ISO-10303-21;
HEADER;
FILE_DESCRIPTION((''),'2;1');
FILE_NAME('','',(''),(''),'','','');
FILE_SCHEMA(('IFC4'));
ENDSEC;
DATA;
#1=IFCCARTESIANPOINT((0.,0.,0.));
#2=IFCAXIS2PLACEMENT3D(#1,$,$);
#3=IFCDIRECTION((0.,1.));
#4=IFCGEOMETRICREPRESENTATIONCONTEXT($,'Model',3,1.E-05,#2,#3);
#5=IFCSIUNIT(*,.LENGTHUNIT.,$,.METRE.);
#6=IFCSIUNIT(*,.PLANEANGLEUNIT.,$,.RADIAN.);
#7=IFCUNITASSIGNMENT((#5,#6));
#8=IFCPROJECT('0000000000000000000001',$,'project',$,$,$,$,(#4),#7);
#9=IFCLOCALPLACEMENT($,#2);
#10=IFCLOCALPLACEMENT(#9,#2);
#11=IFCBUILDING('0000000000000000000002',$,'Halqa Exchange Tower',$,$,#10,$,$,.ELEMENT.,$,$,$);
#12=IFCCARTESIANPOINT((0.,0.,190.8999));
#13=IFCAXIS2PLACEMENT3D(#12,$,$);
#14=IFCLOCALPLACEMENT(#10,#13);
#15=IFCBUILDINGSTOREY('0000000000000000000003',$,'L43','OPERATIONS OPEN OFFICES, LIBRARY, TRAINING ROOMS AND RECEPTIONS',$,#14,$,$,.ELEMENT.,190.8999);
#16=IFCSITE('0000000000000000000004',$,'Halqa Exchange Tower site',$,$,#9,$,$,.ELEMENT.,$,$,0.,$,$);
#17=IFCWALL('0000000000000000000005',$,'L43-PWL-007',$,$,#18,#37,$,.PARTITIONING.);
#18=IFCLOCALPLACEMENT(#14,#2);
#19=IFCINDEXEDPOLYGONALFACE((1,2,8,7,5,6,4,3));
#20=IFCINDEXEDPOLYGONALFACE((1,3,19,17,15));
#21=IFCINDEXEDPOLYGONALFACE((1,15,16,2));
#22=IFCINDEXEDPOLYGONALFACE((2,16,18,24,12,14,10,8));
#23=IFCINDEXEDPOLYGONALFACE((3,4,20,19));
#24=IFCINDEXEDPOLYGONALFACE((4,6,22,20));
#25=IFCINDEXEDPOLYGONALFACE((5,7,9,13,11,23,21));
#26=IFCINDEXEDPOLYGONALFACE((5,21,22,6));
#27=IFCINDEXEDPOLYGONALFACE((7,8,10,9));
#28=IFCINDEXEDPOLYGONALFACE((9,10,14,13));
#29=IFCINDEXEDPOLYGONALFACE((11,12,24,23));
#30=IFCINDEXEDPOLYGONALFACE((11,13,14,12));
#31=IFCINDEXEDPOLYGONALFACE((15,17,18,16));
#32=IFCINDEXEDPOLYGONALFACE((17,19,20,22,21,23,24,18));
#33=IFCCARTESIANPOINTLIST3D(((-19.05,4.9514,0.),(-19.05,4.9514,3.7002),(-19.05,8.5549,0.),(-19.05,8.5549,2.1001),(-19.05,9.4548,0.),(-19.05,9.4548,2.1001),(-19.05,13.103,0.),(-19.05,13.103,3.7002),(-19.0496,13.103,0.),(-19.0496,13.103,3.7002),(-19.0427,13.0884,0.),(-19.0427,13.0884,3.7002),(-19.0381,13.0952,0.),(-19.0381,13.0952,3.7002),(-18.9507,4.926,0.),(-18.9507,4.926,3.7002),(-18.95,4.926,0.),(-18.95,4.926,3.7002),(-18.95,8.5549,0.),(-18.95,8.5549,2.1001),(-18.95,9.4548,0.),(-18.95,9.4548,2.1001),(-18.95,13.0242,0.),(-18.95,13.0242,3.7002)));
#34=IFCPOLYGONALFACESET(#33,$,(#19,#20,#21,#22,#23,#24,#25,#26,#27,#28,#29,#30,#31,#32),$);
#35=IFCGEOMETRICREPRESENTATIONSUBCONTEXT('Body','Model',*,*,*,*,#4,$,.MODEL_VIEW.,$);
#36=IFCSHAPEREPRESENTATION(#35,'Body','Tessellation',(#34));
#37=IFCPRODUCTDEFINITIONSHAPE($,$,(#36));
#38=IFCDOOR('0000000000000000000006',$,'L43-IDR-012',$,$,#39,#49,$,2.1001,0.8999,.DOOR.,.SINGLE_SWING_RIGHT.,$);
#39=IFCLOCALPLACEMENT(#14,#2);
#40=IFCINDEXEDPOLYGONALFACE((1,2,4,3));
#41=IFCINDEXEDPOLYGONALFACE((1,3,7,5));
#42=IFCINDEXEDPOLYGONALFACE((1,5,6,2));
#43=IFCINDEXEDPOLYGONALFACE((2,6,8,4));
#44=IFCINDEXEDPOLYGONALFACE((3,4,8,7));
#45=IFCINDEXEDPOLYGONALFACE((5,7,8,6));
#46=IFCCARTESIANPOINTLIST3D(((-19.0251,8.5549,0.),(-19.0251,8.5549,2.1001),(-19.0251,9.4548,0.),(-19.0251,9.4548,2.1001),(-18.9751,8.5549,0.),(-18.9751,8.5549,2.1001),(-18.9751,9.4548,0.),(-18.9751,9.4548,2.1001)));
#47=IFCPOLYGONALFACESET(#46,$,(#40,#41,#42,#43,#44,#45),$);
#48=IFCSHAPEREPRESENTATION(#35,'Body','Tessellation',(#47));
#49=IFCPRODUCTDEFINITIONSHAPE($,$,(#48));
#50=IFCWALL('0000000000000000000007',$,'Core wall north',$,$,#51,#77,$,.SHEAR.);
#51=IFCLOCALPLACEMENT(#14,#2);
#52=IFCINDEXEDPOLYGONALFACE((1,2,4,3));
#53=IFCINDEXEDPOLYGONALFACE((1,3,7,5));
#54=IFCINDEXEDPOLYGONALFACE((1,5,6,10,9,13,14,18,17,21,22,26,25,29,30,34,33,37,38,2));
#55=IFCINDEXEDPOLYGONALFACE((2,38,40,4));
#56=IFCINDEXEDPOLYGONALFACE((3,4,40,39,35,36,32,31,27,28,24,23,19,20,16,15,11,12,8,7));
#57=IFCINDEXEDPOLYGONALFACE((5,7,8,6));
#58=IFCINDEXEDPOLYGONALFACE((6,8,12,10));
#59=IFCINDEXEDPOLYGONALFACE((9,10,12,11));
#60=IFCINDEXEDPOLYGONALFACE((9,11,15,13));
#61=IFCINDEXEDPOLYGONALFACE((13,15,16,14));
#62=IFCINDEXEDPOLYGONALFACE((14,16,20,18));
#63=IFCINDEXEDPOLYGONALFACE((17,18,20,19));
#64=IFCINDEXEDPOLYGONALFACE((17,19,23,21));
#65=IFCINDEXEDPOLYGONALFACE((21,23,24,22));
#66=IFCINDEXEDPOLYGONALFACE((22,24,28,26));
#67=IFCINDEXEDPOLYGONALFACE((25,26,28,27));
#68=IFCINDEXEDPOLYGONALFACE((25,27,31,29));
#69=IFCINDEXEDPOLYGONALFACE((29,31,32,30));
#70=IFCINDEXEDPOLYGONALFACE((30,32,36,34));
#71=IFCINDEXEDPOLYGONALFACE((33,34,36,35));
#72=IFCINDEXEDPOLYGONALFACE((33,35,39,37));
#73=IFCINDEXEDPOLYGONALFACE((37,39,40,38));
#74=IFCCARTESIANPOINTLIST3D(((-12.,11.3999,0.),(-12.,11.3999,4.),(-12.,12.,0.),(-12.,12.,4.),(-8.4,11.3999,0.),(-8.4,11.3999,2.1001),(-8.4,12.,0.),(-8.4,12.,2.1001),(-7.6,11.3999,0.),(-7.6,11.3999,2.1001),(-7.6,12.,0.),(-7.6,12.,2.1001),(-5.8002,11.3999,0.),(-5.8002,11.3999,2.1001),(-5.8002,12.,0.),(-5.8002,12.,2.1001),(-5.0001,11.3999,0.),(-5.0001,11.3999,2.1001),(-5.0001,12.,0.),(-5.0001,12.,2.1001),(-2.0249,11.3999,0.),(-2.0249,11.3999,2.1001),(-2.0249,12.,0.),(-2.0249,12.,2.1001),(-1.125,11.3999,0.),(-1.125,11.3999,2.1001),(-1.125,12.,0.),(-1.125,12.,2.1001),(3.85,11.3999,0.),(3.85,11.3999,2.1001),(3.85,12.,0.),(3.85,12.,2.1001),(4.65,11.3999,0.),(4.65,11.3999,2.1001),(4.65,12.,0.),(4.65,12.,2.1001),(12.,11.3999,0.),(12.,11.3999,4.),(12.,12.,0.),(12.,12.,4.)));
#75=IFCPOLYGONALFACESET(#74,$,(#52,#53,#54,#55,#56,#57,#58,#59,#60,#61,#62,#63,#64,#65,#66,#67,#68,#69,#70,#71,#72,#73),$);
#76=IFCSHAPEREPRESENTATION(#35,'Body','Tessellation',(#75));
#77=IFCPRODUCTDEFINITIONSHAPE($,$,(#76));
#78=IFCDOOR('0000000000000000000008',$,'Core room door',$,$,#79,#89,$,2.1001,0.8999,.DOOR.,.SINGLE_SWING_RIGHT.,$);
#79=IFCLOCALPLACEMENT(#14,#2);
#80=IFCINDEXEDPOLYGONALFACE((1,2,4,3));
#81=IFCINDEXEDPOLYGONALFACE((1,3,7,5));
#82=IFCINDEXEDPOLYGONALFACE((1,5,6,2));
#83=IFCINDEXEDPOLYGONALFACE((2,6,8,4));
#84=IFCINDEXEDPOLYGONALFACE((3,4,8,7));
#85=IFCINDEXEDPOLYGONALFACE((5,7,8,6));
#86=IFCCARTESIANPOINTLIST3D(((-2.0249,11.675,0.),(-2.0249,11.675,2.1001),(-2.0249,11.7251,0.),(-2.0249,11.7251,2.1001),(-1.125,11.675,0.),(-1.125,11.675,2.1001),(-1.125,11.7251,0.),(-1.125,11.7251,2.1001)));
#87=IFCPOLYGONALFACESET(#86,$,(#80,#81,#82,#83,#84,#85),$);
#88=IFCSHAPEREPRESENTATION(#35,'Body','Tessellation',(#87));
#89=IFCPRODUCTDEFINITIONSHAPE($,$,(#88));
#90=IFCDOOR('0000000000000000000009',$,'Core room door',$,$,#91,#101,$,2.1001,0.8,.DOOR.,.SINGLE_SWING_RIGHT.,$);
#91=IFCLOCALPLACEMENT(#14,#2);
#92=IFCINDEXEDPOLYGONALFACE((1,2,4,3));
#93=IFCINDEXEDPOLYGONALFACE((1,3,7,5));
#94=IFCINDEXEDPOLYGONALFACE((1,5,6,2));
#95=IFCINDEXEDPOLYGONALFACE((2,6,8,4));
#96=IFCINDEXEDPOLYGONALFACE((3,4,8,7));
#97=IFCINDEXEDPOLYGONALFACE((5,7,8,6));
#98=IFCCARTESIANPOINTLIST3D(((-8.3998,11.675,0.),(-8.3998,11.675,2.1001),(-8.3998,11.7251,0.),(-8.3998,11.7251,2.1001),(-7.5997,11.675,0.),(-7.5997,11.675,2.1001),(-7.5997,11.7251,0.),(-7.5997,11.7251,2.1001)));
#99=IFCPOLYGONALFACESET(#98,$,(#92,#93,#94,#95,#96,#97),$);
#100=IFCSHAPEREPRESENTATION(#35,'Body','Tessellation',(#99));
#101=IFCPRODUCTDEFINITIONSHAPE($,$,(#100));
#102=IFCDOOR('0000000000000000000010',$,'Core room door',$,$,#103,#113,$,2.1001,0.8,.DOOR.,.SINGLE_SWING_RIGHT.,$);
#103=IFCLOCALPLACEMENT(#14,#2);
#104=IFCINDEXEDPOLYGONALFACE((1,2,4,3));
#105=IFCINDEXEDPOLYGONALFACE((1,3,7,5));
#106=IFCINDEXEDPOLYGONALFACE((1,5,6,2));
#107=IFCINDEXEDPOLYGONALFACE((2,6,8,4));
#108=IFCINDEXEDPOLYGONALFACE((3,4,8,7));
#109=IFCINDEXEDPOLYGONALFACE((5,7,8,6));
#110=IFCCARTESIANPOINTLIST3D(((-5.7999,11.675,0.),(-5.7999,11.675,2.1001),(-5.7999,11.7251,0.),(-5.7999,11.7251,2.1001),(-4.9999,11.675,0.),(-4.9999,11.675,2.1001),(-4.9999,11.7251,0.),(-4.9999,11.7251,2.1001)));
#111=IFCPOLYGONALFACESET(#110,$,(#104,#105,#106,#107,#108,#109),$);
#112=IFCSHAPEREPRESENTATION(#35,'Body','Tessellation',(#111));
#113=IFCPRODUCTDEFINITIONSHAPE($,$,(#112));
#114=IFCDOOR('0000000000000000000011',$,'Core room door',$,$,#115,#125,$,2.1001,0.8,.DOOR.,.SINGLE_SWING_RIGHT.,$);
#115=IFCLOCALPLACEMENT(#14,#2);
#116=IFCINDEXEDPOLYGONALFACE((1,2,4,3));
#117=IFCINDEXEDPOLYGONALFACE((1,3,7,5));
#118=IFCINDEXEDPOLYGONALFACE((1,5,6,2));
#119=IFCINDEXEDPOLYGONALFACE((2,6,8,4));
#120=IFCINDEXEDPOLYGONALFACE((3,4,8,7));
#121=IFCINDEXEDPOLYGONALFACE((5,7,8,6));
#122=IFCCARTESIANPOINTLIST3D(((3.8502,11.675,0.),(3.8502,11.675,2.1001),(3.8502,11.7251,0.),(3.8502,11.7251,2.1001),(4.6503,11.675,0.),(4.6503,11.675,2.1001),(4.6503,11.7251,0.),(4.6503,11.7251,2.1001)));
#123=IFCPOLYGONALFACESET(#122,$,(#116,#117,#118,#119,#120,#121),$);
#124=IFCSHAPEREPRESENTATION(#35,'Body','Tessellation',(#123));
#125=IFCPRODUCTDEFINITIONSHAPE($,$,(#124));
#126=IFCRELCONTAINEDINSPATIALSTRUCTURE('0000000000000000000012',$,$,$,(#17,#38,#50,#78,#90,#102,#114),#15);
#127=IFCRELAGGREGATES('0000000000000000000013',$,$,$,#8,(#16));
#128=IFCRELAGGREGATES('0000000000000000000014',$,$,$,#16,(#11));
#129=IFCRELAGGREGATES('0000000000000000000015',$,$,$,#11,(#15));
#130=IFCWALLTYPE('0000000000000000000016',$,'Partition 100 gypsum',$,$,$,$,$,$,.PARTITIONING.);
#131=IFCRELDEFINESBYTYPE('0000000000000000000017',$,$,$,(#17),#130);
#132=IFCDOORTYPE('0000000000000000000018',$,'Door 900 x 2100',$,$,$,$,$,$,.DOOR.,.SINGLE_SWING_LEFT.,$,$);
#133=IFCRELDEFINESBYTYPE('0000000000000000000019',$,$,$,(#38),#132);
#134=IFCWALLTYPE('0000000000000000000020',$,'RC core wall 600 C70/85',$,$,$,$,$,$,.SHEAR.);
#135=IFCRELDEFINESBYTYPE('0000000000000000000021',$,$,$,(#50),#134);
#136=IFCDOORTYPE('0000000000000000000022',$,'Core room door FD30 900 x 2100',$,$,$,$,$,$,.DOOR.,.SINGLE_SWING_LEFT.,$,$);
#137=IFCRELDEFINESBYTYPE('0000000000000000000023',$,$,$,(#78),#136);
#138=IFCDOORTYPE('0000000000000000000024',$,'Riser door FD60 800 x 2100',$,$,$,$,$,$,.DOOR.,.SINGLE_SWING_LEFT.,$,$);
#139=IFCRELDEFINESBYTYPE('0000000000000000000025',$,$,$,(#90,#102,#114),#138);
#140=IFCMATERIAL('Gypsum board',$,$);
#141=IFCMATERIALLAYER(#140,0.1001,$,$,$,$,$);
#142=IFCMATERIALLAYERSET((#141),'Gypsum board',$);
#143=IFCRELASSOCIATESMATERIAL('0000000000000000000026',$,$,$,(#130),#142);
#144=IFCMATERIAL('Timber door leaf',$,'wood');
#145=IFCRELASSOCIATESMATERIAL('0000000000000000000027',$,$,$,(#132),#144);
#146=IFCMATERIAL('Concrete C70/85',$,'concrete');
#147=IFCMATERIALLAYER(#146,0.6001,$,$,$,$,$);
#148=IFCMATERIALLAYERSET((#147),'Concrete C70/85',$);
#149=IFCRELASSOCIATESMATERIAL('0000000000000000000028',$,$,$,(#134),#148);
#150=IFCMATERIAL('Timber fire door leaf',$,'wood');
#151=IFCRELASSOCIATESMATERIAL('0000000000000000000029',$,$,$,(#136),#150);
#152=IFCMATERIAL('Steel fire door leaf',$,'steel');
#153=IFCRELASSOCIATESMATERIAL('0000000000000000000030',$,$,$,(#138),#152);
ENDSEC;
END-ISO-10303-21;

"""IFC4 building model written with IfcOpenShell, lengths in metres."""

from ifc_helpers import new_model, si_unit, direction, frame, frame_2d, origin, place, context, subcontext, project, spatial, polyline, rectangle, outline, extrude, material, layer, layer_set, type_object, element, fill, save


model = new_model("IFC4")

# Units and contexts
model_context = context("Model", 3, precision=1e-05, world=origin(), true_north=direction((0.0, 1.0)))
body_context = subcontext(model_context, "Body", "Model", "MODEL_VIEW")
ifc_project = project(units=[si_unit("LENGTHUNIT", "METRE"), si_unit("PLANEANGLEUNIT", "RADIAN")], contexts=[model_context])

# Site, building, storey
site_placement = place(None, origin())
site = spatial("IfcSite", under=ifc_project, at=site_placement, Name="Halqa Exchange Tower site", CompositionType="ELEMENT", RefElevation=0.0)
building_placement = place(site_placement, origin())
building = spatial("IfcBuilding", under=site, at=building_placement, Name="Halqa Exchange Tower", CompositionType="ELEMENT")
storey_placement = place(building_placement, frame((0.0, 0.0, 190.8999)))
storey = spatial("IfcBuildingStorey", under=building, at=storey_placement, Name="L43", Description="OPERATIONS OPEN OFFICES, LIBRARY, TRAINING ROOMS AND RECEPTIONS", CompositionType="ELEMENT", Elevation=190.8999)

# Wall, opening, door
ifc_material_1 = material(Name="Gypsum board")
ifc_layer_1 = layer(ifc_material_1, 0.1001)
ifc_layer_set_1 = layer_set([ifc_layer_1], Name="Gypsum board")
wall_type_1 = type_object("IfcWallType", Name="Partition 100 gypsum", PredefinedType="PARTITIONING", material=ifc_layer_set_1)
wall_1_placement = place(storey_placement, frame((-19.0, 4.926, 0.0), z_axis=(0.0, 0.0, 1.0), x_axis=(0.0, 1.0, 0.0)))
wall_1 = element("IfcWall", 1, at=wall_1_placement, inside=storey, type_object=wall_type_1, Name="L43-PWL-007", PredefinedType="PARTITIONING", context=body_context, shape_type="SweptSolid", body=[
    extrude(outline(polyline([(0.0, -0.05), (1.6196, -0.05), (3.2393, -0.05), (4.8589, -0.05), (6.4785, -0.05), (8.0981, -0.05), (8.1624, 0.0427), (8.1692, 0.0381), (8.177, 0.0496), (8.177, 0.05), (6.5466, 0.05), (4.9165, 0.05), (3.2861, 0.05), (1.6558, 0.05), (0.0254, 0.05), (0.0, -0.0493), (0.0, -0.05)])), origin(), (0.0, 0.0, 1.0), 3.7002),
])
opening_1_placement = place(wall_1_placement, frame((3.6289, 0.0, 0.0)))
opening_1 = element("IfcOpeningElement", 2, at=opening_1_placement, cuts=wall_1, PredefinedType="OPENING", context=body_context, shape_type="SweptSolid", body=[
    extrude(rectangle(XDim=0.8999, YDim=2.1001, at=frame_2d((0.45, 1.05))), frame((0.0, 0.062, 0.0), z_axis=(0.0, -1.0, 0.0), x_axis=(1.0, 0.0, 0.0)), (0.0, 0.0, 1.0), 0.124),
])
ifc_material_2 = material(Name="Timber door leaf", Category="wood")
door_type_1 = type_object("IfcDoorType", Name="Door 900 x 2100", OperationType="SINGLE_SWING_LEFT", PredefinedType="DOOR", material=ifc_material_2)
door_1_placement = place(opening_1_placement, frame((0.8999, 0.0, 0.0), z_axis=(0.0, 0.0, 1.0), x_axis=(-1.0, 0.0, 0.0)))
door_1 = element("IfcDoor", 3, at=door_1_placement, inside=storey, type_object=door_type_1, Name="L43-IDR-012", OperationType="SINGLE_SWING_RIGHT", OverallHeight=2.1001, OverallWidth=0.8999, PredefinedType="DOOR", context=body_context, shape_type="SweptSolid", body=[
    extrude(rectangle(XDim=0.8999, YDim=2.1001, at=frame_2d((0.45, 1.05))), frame((0.0, 0.0249, 0.0), z_axis=(0.0, -1.0, 0.0), x_axis=(1.0, 0.0, 0.0)), (0.0, 0.0, 1.0), 0.05),
])
fill(opening_1, door_1)

# Wall, openings, doors
ifc_material_3 = material(Name="Concrete C70/85", Category="concrete")
ifc_layer_2 = layer(ifc_material_3, 0.6001)
ifc_layer_set_2 = layer_set([ifc_layer_2], Name="Concrete C70/85")
wall_type_2 = type_object("IfcWallType", Name="RC core wall 600 C70/85", PredefinedType="SHEAR", material=ifc_layer_set_2)
wall_2_placement = place(storey_placement, frame((-12.0, 11.7, 0.0), z_axis=(0.0, 0.0, 1.0), x_axis=(1.0, 0.0, 0.0)))
wall_2 = element("IfcWall", 4, at=wall_2_placement, inside=storey, type_object=wall_type_2, Name="Core wall north", PredefinedType="SHEAR", context=body_context, shape_type="SweptSolid", body=[
    extrude(rectangle(XDim=24.0, YDim=0.6001, at=frame_2d((12.0, 0.0))), origin(), (0.0, 0.0, 1.0), 4.0),
])
opening_2_placement = place(wall_2_placement, frame((9.9751, 0.0, 0.0)))
opening_2 = element("IfcOpeningElement", 5, at=opening_2_placement, cuts=wall_2, PredefinedType="OPENING", context=body_context, shape_type="SweptSolid", body=[
    extrude(rectangle(XDim=0.8999, YDim=2.1001, at=frame_2d((0.45, 1.05))), frame((0.0, 0.312, 0.0), z_axis=(0.0, -1.0, 0.0), x_axis=(1.0, 0.0, 0.0)), (0.0, 0.0, 1.0), 0.624),
])
opening_3_placement = place(wall_2_placement, frame((3.6001, 0.0, 0.0)))
opening_3 = element("IfcOpeningElement", 6, at=opening_3_placement, cuts=wall_2, PredefinedType="OPENING", context=body_context, shape_type="SweptSolid", body=[
    extrude(rectangle(XDim=0.8, YDim=2.1001, at=frame_2d((0.3999, 1.05))), frame((0.0, 0.312, 0.0), z_axis=(0.0, -1.0, 0.0), x_axis=(1.0, 0.0, 0.0)), (0.0, 0.0, 1.0), 0.624),
])
opening_4_placement = place(wall_2_placement, frame((6.2, 0.0, 0.0)))
opening_4 = element("IfcOpeningElement", 7, at=opening_4_placement, cuts=wall_2, PredefinedType="OPENING", context=body_context, shape_type="SweptSolid", body=[
    extrude(rectangle(XDim=0.8, YDim=2.1001, at=frame_2d((0.3999, 1.05))), frame((0.0, 0.312, 0.0), z_axis=(0.0, -1.0, 0.0), x_axis=(1.0, 0.0, 0.0)), (0.0, 0.0, 1.0), 0.624),
])
opening_5_placement = place(wall_2_placement, frame((15.8501, 0.0, 0.0)))
opening_5 = element("IfcOpeningElement", 8, at=opening_5_placement, cuts=wall_2, PredefinedType="OPENING", context=body_context, shape_type="SweptSolid", body=[
    extrude(rectangle(XDim=0.8, YDim=2.1001, at=frame_2d((0.3999, 1.05))), frame((0.0, 0.312, 0.0), z_axis=(0.0, -1.0, 0.0), x_axis=(1.0, 0.0, 0.0)), (0.0, 0.0, 1.0), 0.624),
])
ifc_material_4 = material(Name="Timber fire door leaf", Category="wood")
door_type_2 = type_object("IfcDoorType", Name="Core room door FD30 900 x 2100", OperationType="SINGLE_SWING_LEFT", PredefinedType="DOOR", material=ifc_material_4)
door_2_placement = place(opening_2_placement, frame((0.8999, 0.0, 0.0), z_axis=(0.0, 0.0, 1.0), x_axis=(-1.0, 0.0, 0.0)))
door_2 = element("IfcDoor", 9, at=door_2_placement, inside=storey, type_object=door_type_2, Name="Core room door", OperationType="SINGLE_SWING_RIGHT", OverallHeight=2.1001, OverallWidth=0.8999, PredefinedType="DOOR", context=body_context, shape_type="SweptSolid", body=[
    extrude(rectangle(XDim=0.8999, YDim=2.1001, at=frame_2d((0.45, 1.05))), frame((0.0, 0.0249, 0.0), z_axis=(0.0, -1.0, 0.0), x_axis=(1.0, 0.0, 0.0)), (0.0, 0.0, 1.0), 0.05),
])
fill(opening_2, door_2)
ifc_material_5 = material(Name="Steel fire door leaf", Category="steel")
door_type_3 = type_object("IfcDoorType", Name="Riser door FD60 800 x 2100", OperationType="SINGLE_SWING_LEFT", PredefinedType="DOOR", material=ifc_material_5)
door_3_placement = place(opening_3_placement, frame((0.8, 0.0, 0.0), z_axis=(0.0, 0.0, 1.0), x_axis=(-1.0, 0.0, 0.0)))
door_3 = element("IfcDoor", 10, at=door_3_placement, inside=storey, type_object=door_type_3, Name="Core room door", OperationType="SINGLE_SWING_RIGHT", OverallHeight=2.1001, OverallWidth=0.8, PredefinedType="DOOR", context=body_context, shape_type="SweptSolid", body=[
    extrude(rectangle(XDim=0.8, YDim=2.1001, at=frame_2d((0.3999, 1.05))), frame((0.0, 0.0249, 0.0), z_axis=(0.0, -1.0, 0.0), x_axis=(1.0, 0.0, 0.0)), (0.0, 0.0, 1.0), 0.05),
])
fill(opening_3, door_3)
door_4_placement = place(opening_4_placement, frame((0.8, 0.0, 0.0), z_axis=(0.0, 0.0, 1.0), x_axis=(-1.0, 0.0, 0.0)))
door_4 = element("IfcDoor", 11, at=door_4_placement, inside=storey, type_object=door_type_3, Name="Core room door", OperationType="SINGLE_SWING_RIGHT", OverallHeight=2.1001, OverallWidth=0.8, PredefinedType="DOOR", context=body_context, shape_type="SweptSolid", body=[
    extrude(rectangle(XDim=0.8, YDim=2.1001, at=frame_2d((0.3999, 1.05))), frame((0.0, 0.0249, 0.0), z_axis=(0.0, -1.0, 0.0), x_axis=(1.0, 0.0, 0.0)), (0.0, 0.0, 1.0), 0.05),
])
fill(opening_4, door_4)
door_5_placement = place(opening_5_placement, frame((0.8, 0.0, 0.0), z_axis=(0.0, 0.0, 1.0), x_axis=(-1.0, 0.0, 0.0)))
door_5 = element("IfcDoor", 12, at=door_5_placement, inside=storey, type_object=door_type_3, Name="Core room door", OperationType="SINGLE_SWING_RIGHT", OverallHeight=2.1001, OverallWidth=0.8, PredefinedType="DOOR", context=body_context, shape_type="SweptSolid", body=[
    extrude(rectangle(XDim=0.8, YDim=2.1001, at=frame_2d((0.3999, 1.05))), frame((0.0, 0.0249, 0.0), z_axis=(0.0, -1.0, 0.0), x_axis=(1.0, 0.0, 0.0)), (0.0, 0.0, 1.0), 0.05),
])
fill(opening_5, door_5)

save(model, "model.ifc")
